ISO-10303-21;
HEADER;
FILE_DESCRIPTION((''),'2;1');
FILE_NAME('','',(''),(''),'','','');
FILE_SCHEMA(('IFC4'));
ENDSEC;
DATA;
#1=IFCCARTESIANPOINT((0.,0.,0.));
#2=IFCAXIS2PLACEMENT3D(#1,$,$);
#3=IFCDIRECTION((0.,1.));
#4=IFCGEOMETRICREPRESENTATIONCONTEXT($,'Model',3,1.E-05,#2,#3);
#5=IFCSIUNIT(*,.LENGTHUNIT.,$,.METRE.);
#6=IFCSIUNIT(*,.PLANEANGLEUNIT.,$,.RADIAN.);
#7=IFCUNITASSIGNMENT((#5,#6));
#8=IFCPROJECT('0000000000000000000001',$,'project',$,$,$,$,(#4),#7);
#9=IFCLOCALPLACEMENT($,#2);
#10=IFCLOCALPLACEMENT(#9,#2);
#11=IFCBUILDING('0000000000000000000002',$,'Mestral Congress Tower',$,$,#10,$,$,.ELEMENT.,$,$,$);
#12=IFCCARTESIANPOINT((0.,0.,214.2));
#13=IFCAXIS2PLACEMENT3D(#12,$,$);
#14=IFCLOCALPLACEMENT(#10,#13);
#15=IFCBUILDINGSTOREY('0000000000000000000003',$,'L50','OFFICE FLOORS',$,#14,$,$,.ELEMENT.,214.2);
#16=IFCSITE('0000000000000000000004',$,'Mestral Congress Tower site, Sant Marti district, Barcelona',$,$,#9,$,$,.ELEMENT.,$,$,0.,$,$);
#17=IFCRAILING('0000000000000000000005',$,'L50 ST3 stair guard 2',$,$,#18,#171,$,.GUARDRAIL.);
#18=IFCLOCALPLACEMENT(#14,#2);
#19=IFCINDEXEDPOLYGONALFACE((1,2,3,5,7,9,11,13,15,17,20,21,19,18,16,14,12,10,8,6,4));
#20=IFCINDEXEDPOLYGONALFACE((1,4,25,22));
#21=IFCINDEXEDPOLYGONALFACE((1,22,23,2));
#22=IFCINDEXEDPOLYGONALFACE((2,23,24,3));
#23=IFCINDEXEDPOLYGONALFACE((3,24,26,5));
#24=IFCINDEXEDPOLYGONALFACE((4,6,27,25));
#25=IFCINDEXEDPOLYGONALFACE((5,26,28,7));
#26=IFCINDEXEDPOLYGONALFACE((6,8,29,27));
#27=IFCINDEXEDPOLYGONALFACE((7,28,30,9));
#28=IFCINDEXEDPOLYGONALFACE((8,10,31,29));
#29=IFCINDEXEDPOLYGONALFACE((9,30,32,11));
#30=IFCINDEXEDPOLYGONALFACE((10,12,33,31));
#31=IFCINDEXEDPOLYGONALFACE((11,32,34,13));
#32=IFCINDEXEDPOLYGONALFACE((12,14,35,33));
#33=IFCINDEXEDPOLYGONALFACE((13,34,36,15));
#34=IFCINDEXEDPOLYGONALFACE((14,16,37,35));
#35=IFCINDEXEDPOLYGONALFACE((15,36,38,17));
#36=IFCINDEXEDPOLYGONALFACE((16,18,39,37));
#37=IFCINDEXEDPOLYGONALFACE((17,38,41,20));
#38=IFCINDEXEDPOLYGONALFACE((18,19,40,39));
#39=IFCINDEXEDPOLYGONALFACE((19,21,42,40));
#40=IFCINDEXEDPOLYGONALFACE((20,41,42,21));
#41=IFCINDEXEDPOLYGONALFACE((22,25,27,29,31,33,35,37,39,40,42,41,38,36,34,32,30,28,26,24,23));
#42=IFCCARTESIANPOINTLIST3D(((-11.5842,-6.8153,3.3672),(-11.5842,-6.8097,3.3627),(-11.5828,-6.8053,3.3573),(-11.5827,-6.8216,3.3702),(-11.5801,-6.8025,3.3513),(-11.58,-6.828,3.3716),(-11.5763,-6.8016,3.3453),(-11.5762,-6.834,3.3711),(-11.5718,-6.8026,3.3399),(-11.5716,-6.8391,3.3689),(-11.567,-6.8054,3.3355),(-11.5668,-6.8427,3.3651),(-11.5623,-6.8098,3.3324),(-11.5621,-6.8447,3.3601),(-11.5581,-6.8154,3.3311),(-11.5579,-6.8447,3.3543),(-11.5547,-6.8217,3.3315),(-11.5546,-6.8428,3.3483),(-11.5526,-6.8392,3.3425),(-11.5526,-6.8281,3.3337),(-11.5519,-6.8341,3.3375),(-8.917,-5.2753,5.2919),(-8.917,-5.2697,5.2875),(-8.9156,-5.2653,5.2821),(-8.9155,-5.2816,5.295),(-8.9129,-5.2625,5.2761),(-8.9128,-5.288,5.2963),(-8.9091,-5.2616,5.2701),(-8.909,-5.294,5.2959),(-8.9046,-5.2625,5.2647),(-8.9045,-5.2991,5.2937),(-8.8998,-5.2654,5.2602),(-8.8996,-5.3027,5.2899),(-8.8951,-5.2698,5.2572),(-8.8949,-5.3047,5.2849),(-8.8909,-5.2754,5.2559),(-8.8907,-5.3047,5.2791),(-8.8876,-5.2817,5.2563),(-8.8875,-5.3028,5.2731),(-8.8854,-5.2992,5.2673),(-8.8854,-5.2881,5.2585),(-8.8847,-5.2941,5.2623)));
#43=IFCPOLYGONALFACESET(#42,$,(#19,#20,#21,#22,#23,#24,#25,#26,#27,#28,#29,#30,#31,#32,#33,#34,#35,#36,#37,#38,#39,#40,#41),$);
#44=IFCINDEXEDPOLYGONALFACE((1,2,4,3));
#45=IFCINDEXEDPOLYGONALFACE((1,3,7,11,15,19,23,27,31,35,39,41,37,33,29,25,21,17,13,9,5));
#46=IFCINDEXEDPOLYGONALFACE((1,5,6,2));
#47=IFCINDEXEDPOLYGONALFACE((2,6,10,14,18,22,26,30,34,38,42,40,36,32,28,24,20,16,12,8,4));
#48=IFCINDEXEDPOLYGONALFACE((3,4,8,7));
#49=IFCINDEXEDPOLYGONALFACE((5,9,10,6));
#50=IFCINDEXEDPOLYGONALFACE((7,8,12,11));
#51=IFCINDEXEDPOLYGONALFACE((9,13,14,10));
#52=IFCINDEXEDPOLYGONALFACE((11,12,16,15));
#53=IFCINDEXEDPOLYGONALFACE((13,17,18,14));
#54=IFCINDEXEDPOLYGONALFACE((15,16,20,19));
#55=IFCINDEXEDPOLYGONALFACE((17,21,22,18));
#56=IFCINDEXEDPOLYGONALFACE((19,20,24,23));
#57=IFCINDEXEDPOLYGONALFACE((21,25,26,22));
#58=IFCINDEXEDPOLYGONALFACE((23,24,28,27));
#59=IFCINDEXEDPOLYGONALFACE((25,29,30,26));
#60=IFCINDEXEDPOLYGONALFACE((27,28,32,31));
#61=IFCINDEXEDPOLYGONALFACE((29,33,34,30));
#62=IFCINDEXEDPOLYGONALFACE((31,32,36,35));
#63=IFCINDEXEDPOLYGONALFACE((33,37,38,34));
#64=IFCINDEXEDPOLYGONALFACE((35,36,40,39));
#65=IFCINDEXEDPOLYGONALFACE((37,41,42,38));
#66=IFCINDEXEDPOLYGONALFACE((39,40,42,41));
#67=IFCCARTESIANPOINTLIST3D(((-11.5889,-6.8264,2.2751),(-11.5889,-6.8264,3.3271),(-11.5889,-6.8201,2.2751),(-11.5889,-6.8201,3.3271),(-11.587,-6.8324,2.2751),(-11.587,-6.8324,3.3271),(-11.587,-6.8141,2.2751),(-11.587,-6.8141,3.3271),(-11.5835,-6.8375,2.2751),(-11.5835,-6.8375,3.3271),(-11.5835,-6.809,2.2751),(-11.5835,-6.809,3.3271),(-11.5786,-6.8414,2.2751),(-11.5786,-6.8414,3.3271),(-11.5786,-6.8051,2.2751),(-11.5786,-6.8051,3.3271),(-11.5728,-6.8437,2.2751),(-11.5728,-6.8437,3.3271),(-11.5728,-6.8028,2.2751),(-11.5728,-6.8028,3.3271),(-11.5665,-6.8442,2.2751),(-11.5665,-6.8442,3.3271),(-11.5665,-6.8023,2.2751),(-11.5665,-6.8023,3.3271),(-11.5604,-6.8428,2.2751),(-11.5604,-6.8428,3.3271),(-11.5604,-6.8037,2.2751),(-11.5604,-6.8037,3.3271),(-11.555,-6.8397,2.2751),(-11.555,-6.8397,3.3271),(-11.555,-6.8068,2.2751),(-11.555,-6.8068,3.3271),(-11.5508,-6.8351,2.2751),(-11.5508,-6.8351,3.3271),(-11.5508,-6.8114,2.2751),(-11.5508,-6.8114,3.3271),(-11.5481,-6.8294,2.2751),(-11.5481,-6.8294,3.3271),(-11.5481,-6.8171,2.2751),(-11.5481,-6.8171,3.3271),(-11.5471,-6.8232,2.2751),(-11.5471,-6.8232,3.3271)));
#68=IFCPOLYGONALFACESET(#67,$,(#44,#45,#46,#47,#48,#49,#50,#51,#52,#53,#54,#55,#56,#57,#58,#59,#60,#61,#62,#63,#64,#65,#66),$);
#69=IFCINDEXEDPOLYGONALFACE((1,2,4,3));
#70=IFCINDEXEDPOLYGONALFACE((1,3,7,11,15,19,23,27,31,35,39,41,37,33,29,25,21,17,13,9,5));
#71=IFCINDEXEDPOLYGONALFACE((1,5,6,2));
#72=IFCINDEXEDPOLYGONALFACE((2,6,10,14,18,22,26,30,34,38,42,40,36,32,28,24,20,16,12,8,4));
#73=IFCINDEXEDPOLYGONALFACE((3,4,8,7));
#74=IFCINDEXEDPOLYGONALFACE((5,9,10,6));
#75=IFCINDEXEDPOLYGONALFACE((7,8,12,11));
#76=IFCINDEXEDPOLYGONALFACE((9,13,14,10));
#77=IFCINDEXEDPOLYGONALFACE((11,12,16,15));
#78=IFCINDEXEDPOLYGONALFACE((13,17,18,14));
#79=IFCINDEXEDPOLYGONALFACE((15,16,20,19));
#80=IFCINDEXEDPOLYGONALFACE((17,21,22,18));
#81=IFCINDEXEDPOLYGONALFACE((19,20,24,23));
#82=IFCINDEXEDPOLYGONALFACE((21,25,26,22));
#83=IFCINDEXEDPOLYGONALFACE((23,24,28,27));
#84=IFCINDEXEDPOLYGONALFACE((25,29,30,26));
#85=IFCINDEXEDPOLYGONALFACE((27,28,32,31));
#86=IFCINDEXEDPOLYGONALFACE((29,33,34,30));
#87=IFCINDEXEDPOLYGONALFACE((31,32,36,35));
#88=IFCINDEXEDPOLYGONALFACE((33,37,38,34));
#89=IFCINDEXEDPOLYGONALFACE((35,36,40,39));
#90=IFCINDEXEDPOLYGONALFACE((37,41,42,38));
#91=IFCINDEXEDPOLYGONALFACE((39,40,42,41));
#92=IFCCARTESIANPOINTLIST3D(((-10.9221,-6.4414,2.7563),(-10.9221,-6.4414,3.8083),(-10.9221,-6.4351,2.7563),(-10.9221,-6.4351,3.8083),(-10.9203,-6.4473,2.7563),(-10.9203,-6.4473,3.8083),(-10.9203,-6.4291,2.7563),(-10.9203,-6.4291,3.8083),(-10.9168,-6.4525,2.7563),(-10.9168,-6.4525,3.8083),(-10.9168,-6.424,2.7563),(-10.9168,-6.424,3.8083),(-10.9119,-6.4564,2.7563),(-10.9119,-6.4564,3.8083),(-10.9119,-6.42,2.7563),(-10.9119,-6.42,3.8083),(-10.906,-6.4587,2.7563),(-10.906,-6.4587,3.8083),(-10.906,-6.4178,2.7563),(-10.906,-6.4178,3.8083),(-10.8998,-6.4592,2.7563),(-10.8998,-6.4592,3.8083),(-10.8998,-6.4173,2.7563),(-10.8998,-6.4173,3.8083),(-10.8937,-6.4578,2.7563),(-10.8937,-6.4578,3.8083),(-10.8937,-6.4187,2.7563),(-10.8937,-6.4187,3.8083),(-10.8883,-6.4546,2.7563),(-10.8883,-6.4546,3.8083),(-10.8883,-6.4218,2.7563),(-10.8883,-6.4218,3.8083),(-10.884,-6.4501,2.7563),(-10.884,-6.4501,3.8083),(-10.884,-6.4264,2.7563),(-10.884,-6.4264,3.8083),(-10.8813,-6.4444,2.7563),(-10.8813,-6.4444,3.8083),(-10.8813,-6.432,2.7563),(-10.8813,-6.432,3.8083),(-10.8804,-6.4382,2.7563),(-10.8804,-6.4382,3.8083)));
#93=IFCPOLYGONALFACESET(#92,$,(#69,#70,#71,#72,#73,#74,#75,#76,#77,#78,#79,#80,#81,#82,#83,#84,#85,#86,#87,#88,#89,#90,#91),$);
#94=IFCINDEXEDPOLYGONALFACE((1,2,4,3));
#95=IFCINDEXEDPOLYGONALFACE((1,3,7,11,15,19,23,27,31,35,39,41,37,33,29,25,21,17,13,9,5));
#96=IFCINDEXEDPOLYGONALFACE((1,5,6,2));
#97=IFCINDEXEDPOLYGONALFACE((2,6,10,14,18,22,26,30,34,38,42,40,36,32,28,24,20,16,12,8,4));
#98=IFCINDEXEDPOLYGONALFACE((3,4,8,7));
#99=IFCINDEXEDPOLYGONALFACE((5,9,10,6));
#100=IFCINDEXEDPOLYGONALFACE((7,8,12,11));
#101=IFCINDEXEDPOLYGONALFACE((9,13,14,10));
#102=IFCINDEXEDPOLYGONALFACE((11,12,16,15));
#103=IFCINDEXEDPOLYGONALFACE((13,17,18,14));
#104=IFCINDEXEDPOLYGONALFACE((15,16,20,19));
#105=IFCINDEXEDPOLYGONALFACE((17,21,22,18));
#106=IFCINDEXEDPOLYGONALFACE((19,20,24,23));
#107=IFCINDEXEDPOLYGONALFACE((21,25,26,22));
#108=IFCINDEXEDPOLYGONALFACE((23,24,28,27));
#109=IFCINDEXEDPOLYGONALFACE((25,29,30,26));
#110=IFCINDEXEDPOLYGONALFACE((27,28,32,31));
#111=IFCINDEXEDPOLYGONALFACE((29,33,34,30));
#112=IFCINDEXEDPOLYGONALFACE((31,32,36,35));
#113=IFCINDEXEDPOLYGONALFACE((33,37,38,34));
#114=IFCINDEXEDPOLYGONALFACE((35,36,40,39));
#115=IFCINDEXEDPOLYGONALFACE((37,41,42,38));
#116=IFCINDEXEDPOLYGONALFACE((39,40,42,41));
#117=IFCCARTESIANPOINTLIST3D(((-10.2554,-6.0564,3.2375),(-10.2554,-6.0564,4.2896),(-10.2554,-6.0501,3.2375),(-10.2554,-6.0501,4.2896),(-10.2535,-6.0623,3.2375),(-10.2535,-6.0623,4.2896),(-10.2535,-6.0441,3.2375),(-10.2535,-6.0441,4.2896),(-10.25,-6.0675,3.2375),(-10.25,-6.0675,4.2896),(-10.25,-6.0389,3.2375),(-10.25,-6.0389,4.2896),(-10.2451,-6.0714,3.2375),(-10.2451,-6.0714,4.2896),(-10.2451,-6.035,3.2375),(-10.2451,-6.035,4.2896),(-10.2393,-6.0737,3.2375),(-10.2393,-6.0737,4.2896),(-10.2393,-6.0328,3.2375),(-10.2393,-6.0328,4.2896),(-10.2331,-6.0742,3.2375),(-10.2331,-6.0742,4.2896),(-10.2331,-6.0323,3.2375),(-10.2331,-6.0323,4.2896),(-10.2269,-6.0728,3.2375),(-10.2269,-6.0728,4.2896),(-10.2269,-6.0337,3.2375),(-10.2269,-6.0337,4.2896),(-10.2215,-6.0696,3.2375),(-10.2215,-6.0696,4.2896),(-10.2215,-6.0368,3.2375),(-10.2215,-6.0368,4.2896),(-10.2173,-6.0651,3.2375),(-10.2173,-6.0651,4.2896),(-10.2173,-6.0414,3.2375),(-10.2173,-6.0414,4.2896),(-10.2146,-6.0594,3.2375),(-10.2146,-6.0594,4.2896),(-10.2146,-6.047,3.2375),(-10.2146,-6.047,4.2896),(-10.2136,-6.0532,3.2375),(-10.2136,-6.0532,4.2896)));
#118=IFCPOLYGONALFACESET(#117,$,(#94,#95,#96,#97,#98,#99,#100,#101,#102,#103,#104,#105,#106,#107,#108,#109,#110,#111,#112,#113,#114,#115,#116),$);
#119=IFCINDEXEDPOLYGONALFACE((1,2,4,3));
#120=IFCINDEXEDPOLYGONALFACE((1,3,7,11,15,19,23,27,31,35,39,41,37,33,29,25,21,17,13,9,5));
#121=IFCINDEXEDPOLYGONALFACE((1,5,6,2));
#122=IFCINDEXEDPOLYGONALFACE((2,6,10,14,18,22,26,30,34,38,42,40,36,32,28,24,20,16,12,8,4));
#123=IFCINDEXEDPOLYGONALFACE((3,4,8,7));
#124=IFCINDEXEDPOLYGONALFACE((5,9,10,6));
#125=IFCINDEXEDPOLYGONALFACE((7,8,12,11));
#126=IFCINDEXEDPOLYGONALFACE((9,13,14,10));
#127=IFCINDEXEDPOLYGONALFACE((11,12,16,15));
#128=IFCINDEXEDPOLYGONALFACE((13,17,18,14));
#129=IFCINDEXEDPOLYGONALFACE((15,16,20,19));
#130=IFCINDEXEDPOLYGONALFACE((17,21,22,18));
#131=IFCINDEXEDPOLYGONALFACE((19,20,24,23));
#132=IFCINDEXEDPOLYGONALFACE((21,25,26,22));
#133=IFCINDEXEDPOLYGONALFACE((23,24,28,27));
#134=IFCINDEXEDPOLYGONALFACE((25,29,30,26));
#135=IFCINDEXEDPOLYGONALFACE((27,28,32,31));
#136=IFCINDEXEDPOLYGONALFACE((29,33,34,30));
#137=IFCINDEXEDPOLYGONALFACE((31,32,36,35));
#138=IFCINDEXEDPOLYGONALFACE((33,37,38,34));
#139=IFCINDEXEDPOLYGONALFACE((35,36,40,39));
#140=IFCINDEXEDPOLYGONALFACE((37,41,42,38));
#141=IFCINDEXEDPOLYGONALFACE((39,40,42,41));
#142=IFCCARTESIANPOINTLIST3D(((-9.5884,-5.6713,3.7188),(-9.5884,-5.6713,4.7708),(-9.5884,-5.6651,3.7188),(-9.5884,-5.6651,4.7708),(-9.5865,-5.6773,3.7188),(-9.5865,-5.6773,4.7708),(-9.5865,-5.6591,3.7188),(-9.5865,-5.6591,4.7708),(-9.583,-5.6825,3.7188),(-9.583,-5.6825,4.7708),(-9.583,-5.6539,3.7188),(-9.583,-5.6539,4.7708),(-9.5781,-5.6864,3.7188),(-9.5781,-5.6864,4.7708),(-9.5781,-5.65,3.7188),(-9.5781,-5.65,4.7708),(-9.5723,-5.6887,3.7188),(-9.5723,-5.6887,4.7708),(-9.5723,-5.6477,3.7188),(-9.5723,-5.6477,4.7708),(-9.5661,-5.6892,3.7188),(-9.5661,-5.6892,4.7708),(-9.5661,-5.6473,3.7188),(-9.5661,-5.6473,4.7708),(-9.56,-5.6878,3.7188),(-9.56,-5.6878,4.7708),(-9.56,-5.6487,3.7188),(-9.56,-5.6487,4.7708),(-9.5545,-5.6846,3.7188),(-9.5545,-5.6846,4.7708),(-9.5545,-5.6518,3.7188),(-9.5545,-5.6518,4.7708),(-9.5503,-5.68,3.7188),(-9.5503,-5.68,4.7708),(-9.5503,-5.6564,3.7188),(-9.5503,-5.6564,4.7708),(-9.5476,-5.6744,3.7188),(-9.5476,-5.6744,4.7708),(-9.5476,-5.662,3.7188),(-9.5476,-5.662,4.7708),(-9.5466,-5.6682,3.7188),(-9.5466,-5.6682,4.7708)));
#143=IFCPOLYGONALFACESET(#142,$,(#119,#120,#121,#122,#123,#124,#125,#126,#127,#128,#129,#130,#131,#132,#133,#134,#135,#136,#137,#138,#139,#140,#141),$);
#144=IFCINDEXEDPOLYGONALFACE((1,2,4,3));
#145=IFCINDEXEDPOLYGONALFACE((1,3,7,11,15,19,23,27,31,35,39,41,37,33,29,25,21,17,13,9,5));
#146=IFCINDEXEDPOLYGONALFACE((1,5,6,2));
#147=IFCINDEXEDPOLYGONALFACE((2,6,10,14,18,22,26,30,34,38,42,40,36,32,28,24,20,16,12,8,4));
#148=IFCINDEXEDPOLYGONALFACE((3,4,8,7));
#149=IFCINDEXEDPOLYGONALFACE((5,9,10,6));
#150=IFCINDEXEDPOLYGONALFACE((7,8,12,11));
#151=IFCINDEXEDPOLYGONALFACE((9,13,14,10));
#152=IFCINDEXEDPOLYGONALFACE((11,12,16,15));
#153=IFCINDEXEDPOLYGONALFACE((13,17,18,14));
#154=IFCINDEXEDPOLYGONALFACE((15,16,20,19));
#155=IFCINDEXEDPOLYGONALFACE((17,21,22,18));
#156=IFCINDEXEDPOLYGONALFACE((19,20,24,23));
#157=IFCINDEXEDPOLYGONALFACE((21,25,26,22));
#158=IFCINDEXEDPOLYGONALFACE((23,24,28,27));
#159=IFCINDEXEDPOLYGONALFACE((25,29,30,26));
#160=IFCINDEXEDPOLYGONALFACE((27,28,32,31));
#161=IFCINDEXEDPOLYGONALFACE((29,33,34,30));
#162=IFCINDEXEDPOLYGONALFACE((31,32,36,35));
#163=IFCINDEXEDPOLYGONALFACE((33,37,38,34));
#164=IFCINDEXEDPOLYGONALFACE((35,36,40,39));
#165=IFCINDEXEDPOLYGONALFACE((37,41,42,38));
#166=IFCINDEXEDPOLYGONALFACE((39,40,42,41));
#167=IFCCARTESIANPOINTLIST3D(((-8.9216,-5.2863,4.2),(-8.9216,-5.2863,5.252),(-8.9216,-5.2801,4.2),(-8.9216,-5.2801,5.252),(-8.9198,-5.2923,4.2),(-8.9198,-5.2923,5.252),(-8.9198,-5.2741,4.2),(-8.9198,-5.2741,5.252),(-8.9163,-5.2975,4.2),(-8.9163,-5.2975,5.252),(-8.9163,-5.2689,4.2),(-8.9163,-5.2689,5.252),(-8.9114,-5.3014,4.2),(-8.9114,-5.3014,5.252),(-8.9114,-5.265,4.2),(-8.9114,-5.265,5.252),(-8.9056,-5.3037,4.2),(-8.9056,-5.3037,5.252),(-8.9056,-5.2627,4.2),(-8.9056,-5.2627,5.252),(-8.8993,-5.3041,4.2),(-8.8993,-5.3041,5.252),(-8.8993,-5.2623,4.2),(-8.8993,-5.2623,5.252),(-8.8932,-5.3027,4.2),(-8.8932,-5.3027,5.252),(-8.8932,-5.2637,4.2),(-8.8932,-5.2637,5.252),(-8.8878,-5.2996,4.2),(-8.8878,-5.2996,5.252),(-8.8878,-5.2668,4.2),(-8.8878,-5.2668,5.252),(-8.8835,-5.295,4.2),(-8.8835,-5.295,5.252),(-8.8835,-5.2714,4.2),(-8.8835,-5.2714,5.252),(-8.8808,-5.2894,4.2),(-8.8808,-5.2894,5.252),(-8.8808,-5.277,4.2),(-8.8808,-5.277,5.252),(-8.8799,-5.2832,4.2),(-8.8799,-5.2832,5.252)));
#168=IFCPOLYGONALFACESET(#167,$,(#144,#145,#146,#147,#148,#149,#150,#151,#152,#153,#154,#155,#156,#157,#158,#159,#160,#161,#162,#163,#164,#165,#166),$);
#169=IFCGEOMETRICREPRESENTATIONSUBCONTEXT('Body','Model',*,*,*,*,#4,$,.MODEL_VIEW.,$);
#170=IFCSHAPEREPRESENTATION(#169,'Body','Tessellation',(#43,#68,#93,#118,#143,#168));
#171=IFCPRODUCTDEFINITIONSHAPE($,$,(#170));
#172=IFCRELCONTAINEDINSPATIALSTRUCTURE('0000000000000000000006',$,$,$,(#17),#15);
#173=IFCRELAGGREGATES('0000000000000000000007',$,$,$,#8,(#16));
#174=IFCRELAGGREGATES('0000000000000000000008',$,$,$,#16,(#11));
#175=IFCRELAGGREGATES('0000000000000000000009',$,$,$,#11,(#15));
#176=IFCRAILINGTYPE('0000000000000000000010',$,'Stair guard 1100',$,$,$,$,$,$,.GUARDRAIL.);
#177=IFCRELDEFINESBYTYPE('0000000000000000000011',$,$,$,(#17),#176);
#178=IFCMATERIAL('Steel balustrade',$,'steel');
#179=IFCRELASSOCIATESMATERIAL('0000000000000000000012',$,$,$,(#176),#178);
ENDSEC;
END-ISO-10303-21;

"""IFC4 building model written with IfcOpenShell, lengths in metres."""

from ifc_helpers import new_model, si_unit, direction, frame, origin, origin_2d, place, context, subcontext, project, spatial, circle, extrude, material, type_object, element, save


model = new_model("IFC4")

# Units and contexts
model_context = context("Model", 3, precision=1e-05, world=origin(), true_north=direction((0.0, 1.0)))
body_context = subcontext(model_context, "Body", "Model", "MODEL_VIEW")
ifc_project = project(units=[si_unit("LENGTHUNIT", "METRE"), si_unit("PLANEANGLEUNIT", "RADIAN")], contexts=[model_context])

# Site, building, storey
site_placement = place(None, origin())
site = spatial("IfcSite", under=ifc_project, at=site_placement, Name="Mestral Congress Tower site, Sant Marti district, Barcelona", CompositionType="ELEMENT", RefElevation=0.0)
building_placement = place(site_placement, origin())
building = spatial("IfcBuilding", under=site, at=building_placement, Name="Mestral Congress Tower", CompositionType="ELEMENT")
storey_placement = place(building_placement, frame((0.0, 0.0, 214.2)))
storey = spatial("IfcBuildingStorey", under=building, at=storey_placement, Name="L50", Description="OFFICE FLOORS", CompositionType="ELEMENT", Elevation=214.2)

# Railing
ifc_material_1 = material(Name="Steel balustrade", Category="steel")
railing_type_1 = type_object("IfcRailingType", Name="Stair guard 1100", PredefinedType="GUARDRAIL", material=ifc_material_1)
railing_1_placement = place(storey_placement, frame((-11.5681, -6.8232, 2.2751)))
element("IfcRailing", 1, at=railing_1_placement, inside=storey, type_object=railing_type_1, Name="L50 ST3 stair guard 2", PredefinedType="GUARDRAIL", context=body_context, shape_type="SweptSolid", body=[
    extrude(circle(Radius=0.0239, at=origin_2d()), frame((0.0, 0.0, 1.0762), z_axis=(0.73439, 0.424031, 0.529971), x_axis=(-0.500027, 0.86601, 0.0)), (0.0, 0.0, 1.0), 3.6318),
    extrude(circle(Radius=0.021, at=origin_2d()), origin(), (0.0, 0.0, 1.0), 1.052),
    extrude(circle(Radius=0.021, at=origin_2d()), frame((0.6667, 0.385, 0.4812)), (0.0, 0.0, 1.0), 1.052),
    extrude(circle(Radius=0.021, at=origin_2d()), frame((1.3335, 0.77, 0.9624)), (0.0, 0.0, 1.0), 1.052),
    extrude(circle(Radius=0.021, at=origin_2d()), frame((2.0005, 1.155, 1.4436)), (0.0, 0.0, 1.0), 1.052),
    extrude(circle(Radius=0.021, at=origin_2d()), frame((2.6672, 1.54, 1.9248)), (0.0, 0.0, 1.0), 1.052),
])

save(model, "model.ifc")
